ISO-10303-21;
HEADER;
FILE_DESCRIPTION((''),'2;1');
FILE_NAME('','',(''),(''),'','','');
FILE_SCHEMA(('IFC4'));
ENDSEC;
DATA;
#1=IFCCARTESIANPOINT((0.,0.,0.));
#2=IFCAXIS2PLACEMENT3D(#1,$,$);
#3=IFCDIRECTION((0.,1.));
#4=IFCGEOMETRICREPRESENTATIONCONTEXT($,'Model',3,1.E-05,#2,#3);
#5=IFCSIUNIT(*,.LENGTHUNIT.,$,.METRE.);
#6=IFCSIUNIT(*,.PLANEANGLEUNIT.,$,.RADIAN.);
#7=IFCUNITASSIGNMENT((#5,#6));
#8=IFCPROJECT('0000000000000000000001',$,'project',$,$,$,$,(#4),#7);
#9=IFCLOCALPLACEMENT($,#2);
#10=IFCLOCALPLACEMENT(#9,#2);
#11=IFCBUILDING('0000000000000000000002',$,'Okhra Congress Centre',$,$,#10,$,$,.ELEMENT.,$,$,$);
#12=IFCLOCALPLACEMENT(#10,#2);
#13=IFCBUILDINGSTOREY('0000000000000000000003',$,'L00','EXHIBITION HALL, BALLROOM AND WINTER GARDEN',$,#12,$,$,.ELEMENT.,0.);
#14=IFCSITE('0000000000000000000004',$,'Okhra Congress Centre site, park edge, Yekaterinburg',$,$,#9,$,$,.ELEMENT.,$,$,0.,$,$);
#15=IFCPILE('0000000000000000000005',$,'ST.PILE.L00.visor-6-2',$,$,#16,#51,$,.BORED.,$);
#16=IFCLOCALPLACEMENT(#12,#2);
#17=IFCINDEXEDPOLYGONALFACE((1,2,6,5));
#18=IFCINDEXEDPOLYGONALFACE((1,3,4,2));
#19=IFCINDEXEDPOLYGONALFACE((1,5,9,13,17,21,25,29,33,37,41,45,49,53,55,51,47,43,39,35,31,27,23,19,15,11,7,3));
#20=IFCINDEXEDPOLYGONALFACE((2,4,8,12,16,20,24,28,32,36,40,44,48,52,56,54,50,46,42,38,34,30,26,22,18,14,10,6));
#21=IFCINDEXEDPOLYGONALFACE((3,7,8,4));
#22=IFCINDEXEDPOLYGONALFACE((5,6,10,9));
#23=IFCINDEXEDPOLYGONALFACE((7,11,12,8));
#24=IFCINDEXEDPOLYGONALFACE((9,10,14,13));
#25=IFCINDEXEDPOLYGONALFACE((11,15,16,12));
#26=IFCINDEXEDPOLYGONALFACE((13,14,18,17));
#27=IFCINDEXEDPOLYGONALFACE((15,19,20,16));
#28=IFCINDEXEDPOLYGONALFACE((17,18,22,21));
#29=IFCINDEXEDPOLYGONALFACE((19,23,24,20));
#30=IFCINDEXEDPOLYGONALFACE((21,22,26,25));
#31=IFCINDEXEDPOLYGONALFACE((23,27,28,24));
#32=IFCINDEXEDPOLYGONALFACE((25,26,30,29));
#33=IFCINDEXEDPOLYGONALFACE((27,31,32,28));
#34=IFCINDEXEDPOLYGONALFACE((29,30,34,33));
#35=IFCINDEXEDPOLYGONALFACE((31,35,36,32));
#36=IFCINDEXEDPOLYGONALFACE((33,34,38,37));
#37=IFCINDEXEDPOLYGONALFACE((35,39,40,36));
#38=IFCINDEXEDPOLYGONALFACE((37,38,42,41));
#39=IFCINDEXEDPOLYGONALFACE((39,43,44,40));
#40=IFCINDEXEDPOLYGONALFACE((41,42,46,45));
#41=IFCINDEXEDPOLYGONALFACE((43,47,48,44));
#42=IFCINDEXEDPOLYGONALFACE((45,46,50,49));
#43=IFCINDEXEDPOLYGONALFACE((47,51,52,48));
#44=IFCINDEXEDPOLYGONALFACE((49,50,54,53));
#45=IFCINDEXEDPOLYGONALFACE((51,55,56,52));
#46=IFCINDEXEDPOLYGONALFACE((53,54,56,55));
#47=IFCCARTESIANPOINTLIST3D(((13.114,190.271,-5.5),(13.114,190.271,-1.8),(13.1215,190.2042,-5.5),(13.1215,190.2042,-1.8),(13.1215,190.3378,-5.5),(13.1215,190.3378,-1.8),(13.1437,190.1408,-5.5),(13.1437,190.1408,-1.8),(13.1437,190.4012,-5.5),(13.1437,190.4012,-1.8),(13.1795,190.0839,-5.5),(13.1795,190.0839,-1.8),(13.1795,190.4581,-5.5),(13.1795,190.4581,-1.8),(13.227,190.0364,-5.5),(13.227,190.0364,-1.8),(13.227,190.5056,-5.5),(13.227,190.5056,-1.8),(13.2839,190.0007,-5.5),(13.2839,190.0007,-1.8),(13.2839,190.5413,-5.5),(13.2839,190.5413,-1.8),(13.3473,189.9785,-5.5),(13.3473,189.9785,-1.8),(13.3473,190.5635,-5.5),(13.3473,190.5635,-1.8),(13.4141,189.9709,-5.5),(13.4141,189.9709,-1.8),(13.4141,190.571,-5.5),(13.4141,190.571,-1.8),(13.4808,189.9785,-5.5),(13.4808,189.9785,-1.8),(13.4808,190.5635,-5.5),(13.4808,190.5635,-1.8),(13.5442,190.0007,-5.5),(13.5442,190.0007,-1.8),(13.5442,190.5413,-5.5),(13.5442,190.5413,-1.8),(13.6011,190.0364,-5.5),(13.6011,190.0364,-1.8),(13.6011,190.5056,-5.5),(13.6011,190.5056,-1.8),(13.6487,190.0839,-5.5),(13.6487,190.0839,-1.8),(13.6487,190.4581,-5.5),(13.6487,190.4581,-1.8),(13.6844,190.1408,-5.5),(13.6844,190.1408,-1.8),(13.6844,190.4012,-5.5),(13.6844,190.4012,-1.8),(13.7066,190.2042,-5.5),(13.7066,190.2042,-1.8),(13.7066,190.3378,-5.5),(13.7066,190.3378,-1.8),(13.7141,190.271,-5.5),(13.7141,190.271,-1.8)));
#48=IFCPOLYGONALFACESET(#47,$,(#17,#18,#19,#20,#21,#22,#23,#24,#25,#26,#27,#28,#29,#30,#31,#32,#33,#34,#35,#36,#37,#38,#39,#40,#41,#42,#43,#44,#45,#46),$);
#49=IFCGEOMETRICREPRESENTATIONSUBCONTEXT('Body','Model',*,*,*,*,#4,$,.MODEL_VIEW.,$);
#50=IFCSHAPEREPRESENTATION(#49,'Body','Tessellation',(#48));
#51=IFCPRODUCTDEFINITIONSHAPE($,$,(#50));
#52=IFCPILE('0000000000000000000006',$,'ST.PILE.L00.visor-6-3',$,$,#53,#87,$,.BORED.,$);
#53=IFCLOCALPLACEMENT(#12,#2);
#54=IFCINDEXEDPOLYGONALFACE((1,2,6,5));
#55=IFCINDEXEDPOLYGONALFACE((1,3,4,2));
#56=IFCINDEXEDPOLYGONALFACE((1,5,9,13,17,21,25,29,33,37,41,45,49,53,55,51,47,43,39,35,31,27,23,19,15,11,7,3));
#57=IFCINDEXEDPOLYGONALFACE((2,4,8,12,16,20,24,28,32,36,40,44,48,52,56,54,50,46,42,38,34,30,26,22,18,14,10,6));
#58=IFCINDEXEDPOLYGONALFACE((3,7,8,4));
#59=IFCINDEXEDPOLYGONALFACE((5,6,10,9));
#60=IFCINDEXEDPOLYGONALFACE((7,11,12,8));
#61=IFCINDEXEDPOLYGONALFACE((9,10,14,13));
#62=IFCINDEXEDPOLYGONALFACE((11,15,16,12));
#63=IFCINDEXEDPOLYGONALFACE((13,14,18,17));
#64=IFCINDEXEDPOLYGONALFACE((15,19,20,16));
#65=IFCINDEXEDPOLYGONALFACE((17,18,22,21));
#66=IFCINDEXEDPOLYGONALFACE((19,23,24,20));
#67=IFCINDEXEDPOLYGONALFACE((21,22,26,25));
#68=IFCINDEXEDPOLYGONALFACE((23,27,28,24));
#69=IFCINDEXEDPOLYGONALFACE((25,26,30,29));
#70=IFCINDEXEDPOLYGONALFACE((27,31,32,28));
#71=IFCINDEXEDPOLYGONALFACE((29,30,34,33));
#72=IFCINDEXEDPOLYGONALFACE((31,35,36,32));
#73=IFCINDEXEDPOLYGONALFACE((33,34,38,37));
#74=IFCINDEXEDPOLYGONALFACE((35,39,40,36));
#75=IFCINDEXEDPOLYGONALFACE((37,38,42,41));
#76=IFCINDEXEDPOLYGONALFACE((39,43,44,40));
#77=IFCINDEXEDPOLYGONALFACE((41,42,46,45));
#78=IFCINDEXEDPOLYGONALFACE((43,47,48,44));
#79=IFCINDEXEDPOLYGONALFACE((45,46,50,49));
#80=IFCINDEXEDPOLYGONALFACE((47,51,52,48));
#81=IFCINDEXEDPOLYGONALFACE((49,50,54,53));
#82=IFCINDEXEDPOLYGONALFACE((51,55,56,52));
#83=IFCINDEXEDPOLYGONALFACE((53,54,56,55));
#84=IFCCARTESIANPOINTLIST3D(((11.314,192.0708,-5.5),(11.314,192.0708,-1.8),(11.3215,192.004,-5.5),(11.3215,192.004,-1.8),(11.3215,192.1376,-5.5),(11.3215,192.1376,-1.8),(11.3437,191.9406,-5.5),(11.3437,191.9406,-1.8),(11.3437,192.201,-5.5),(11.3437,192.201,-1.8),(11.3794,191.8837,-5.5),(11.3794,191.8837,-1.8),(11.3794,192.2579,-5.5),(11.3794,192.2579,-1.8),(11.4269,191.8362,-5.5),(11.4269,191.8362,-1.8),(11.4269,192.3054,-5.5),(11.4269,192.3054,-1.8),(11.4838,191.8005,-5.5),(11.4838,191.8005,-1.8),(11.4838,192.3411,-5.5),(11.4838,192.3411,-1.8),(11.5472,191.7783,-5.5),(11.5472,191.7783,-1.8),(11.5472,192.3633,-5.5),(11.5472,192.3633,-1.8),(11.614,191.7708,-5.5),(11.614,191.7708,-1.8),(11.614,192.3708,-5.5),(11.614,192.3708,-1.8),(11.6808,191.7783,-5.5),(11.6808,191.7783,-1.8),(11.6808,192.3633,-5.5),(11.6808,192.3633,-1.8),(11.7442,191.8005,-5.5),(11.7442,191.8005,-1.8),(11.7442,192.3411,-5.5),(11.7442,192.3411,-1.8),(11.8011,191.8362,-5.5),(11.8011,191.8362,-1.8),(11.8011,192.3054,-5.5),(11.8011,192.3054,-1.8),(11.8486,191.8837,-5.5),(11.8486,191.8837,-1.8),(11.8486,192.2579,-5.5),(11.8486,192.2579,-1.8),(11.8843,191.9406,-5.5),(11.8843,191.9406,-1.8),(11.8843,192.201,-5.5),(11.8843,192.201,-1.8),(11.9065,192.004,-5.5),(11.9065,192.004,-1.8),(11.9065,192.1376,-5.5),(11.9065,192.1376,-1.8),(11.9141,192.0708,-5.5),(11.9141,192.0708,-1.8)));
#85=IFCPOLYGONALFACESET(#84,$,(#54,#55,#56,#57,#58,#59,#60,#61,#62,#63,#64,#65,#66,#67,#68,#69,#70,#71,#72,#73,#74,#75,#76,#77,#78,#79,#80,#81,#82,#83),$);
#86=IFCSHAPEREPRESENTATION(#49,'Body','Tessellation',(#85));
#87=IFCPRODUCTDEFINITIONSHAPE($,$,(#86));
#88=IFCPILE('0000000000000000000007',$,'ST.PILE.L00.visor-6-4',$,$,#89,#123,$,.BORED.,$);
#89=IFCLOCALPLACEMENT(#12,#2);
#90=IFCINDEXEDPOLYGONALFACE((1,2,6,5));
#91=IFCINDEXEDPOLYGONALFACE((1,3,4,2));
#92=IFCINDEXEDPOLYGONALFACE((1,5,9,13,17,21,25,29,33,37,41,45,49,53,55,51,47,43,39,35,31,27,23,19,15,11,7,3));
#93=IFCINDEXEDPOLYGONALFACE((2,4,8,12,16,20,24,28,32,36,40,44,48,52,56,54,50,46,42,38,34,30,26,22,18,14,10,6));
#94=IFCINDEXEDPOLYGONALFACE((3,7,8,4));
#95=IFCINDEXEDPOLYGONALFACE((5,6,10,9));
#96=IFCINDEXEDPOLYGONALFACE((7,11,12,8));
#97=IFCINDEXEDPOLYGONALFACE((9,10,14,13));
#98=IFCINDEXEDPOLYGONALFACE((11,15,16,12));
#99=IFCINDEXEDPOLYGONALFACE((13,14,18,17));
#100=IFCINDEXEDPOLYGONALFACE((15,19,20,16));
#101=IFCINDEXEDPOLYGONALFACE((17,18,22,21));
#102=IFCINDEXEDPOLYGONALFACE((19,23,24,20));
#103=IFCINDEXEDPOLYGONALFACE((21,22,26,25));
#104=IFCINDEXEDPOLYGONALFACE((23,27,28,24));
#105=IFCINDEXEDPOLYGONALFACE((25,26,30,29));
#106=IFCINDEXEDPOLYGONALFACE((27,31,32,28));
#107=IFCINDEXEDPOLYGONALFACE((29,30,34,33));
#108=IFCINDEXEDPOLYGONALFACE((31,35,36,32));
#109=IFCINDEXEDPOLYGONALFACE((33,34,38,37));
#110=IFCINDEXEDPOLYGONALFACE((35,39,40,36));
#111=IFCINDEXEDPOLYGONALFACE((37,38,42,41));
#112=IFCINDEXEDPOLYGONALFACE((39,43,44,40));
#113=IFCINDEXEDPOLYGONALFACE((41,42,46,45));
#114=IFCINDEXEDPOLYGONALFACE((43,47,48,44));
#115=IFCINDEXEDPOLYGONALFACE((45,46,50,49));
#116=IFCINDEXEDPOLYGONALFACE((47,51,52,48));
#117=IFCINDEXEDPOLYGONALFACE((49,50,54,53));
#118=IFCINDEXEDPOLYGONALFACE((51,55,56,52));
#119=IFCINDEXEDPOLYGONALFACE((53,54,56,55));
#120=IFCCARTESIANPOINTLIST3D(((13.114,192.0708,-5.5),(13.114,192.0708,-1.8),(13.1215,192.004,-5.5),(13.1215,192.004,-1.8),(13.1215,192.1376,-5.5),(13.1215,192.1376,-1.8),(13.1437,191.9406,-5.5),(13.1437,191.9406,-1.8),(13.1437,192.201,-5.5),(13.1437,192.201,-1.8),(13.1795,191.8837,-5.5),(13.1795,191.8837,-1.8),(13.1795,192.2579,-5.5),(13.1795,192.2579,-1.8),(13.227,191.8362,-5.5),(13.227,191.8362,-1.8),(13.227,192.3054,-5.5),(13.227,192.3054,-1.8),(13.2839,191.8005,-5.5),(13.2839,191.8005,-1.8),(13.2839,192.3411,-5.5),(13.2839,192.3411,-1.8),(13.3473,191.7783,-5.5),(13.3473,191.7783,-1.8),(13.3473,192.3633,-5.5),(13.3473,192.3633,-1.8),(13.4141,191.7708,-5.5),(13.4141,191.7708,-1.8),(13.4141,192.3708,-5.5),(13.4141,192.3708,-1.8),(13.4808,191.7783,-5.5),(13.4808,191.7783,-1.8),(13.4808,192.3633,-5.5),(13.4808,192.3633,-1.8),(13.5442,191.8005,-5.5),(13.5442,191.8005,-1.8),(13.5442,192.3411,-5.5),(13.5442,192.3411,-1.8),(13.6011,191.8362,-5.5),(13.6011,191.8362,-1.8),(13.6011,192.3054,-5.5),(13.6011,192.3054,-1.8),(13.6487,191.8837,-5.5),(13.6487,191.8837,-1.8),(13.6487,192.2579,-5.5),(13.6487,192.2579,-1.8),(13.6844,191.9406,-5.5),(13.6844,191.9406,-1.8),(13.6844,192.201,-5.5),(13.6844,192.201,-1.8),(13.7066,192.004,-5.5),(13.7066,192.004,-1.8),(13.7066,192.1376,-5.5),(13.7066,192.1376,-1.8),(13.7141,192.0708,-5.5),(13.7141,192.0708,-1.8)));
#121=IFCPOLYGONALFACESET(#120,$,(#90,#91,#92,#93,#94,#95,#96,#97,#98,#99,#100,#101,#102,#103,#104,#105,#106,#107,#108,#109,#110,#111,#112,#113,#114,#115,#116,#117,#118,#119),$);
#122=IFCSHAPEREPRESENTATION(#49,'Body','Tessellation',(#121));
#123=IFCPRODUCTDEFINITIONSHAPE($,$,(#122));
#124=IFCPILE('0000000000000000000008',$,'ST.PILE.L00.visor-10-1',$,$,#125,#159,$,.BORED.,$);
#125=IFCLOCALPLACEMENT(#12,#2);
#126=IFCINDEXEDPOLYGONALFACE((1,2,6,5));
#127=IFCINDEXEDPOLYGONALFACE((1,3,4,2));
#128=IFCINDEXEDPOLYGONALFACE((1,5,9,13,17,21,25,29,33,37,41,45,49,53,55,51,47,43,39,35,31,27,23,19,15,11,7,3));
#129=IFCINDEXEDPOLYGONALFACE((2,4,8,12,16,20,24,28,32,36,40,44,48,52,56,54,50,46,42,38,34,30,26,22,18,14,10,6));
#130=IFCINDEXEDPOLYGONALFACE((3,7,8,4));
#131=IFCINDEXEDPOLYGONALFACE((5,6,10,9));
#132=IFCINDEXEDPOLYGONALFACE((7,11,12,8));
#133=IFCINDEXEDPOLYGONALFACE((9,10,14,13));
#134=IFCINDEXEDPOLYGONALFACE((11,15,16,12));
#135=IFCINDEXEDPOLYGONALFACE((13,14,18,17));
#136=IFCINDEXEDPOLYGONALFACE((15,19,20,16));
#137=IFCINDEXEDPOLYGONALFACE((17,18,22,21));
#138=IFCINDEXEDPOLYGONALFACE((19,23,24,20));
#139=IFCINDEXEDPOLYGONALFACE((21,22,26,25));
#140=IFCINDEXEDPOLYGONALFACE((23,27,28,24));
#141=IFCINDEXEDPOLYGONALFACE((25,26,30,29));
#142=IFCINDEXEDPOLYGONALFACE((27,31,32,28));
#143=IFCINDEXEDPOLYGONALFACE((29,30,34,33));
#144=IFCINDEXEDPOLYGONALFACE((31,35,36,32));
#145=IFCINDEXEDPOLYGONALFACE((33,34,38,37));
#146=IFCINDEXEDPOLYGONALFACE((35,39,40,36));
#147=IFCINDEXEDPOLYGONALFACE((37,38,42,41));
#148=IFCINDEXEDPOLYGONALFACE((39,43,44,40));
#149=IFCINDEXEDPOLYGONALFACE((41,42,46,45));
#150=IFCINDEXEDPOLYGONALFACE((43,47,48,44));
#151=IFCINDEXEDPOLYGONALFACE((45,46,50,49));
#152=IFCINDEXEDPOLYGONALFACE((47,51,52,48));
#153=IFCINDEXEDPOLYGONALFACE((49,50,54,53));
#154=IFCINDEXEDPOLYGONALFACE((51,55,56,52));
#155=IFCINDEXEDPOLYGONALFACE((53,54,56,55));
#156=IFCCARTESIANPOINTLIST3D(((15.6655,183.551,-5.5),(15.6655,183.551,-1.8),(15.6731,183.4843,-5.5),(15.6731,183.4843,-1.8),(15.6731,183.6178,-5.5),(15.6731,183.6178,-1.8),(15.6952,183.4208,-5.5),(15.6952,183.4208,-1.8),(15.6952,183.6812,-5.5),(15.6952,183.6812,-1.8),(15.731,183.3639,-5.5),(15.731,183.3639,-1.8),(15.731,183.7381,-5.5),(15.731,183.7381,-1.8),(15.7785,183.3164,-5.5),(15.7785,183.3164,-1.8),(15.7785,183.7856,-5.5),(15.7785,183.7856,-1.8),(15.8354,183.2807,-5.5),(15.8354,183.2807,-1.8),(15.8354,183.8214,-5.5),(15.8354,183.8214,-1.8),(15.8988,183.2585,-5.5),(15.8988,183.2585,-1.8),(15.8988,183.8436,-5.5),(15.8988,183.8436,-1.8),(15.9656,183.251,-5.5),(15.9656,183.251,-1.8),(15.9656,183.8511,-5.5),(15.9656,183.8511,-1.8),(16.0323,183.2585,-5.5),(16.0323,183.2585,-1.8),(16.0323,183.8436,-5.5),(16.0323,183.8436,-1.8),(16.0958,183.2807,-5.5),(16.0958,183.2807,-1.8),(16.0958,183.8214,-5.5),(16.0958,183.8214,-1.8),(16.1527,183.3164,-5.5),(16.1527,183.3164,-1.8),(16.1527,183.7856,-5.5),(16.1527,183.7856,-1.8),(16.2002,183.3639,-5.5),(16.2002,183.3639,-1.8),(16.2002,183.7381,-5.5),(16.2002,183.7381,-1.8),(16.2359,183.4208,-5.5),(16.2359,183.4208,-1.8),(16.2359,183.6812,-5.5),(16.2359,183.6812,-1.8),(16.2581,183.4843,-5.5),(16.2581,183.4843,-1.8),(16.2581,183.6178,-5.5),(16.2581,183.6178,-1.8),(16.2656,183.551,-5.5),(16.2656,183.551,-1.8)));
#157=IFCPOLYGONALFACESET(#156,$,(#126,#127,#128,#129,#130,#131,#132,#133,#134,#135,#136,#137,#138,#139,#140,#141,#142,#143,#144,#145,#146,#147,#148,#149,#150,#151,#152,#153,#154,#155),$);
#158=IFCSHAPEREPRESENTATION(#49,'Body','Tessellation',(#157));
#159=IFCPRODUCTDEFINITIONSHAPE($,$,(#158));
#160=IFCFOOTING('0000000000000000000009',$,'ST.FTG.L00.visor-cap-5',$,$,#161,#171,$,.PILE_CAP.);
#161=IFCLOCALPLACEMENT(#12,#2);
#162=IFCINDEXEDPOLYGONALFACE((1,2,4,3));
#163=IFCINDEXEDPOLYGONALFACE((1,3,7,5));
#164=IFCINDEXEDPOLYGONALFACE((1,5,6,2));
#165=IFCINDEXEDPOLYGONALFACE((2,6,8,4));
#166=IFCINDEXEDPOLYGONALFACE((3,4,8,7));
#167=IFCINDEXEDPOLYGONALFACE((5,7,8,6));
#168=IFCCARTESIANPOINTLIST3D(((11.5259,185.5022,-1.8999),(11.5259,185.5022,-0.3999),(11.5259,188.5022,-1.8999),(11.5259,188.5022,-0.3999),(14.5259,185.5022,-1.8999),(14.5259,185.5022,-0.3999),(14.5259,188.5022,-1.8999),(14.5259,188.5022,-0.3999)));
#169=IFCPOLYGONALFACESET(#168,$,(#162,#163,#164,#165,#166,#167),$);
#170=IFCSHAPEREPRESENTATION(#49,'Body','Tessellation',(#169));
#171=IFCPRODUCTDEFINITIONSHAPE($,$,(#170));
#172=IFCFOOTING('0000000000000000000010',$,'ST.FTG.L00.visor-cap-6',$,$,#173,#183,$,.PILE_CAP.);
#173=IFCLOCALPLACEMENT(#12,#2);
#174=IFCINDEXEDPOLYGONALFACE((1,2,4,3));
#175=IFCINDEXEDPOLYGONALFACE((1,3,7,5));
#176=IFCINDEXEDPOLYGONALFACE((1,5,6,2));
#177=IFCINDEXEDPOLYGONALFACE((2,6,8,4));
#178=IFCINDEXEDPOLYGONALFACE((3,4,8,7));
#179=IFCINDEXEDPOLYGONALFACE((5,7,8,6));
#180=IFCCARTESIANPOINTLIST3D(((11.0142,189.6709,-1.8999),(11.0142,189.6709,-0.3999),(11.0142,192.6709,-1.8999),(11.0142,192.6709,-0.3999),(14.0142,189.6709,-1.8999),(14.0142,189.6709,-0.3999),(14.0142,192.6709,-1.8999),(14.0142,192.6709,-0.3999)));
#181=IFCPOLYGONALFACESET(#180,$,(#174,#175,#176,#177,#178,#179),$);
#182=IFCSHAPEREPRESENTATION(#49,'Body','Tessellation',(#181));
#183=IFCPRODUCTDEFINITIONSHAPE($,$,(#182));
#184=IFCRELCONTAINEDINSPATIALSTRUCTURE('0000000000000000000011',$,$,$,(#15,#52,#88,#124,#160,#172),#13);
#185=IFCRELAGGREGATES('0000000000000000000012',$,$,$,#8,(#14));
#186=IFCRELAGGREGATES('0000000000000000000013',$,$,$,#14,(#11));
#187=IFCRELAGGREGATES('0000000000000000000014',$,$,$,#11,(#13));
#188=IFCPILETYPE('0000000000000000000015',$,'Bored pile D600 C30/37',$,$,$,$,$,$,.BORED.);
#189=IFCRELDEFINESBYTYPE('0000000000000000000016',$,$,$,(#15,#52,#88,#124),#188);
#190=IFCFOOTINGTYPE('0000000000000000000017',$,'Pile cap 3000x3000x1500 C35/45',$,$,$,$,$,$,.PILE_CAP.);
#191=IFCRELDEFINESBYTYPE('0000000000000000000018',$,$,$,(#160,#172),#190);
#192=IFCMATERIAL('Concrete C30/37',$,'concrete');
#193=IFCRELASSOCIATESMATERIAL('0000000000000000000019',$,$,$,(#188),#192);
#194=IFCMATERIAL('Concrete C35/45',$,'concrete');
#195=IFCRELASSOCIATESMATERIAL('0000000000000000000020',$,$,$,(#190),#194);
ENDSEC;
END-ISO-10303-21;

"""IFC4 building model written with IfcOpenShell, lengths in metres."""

from ifc_helpers import new_model, si_unit, direction, frame, origin, origin_2d, place, context, subcontext, project, spatial, rectangle, circle, extrude, material, material_profile, profile_set, type_object, element, save


model = new_model("IFC4")

# Units and contexts
model_context = context("Model", 3, precision=1e-05, world=origin(), true_north=direction((0.0, 1.0)))
body_context = subcontext(model_context, "Body", "Model", "MODEL_VIEW")
ifc_project = project(units=[si_unit("LENGTHUNIT", "METRE"), si_unit("PLANEANGLEUNIT", "RADIAN")], contexts=[model_context])

# Site, building, storey
site_placement = place(None, origin())
site = spatial("IfcSite", under=ifc_project, at=site_placement, Name="Okhra Congress Centre site, park edge, Yekaterinburg", CompositionType="ELEMENT", RefElevation=0.0)
building_placement = place(site_placement, origin())
building = spatial("IfcBuilding", under=site, at=building_placement, Name="Okhra Congress Centre", CompositionType="ELEMENT")
storey_placement = place(building_placement, origin())
storey = spatial("IfcBuildingStorey", under=building, at=storey_placement, Name="L00", Description="EXHIBITION HALL, BALLROOM AND WINTER GARDEN", CompositionType="ELEMENT", Elevation=0.0)

# Piles
ifc_material_1 = material(Name="Concrete C30/37", Category="concrete")
ifc_material_profile_1 = material_profile(ifc_material_1, circle(Radius=0.3, at=origin_2d()), Name="D600")
ifc_profile_set_1 = profile_set([ifc_material_profile_1], Name="Concrete C30/37")
pile_type = type_object("IfcPileType", Name="Bored pile D600 C30/37", PredefinedType="BORED", material=ifc_profile_set_1)
for number, where, z_axis, x_axis, name in (
    (1, (13.4141, 190.271, -1.8), (0.0, 0.0, -1.0), (1.0, 0.0, 0.0), "ST.PILE.L00.visor-6-2"),
    (2, (11.614, 192.0708, -1.8), (0.0, 0.0, -1.0), (1.0, 0.0, 0.0), "ST.PILE.L00.visor-6-3"),
    (3, (13.4141, 192.0708, -1.8), (0.0, 0.0, -1.0), (1.0, 0.0, 0.0), "ST.PILE.L00.visor-6-4"),
    (4, (15.9656, 183.551, -1.8), (0.0, 0.0, -1.0), (1.0, 0.0, 0.0), "ST.PILE.L00.visor-10-1"),
):
    element("IfcPile", number, at=place(storey_placement, frame(where, z_axis=z_axis, x_axis=x_axis)), inside=storey, type_object=pile_type, Name=name, PredefinedType="BORED", context=body_context, shape_type="SweptSolid", body=[
        extrude(circle(Radius=0.3, at=origin_2d()), origin(), (0.0, 0.0, 1.0), 3.7),
    ])

# Footings
ifc_material_2 = material(Name="Concrete C35/45", Category="concrete")
footing_type = type_object("IfcFootingType", Name="Pile cap 3000x3000x1500 C35/45", PredefinedType="PILE_CAP", material=ifc_material_2)
for number, where, z_axis, x_axis, name in (
    (5, (13.0259, 187.0022, -1.8999), (0.0, 0.0, 1.0), (1.0, 0.0, 0.0), "ST.FTG.L00.visor-cap-5"),
    (6, (12.5142, 191.1709, -1.8999), (0.0, 0.0, 1.0), (1.0, 0.0, 0.0), "ST.FTG.L00.visor-cap-6"),
):
    element("IfcFooting", number, at=place(storey_placement, frame(where, z_axis=z_axis, x_axis=x_axis)), inside=storey, type_object=footing_type, Name=name, PredefinedType="PILE_CAP", context=body_context, shape_type="SweptSolid", body=[
        extrude(rectangle(XDim=3.0, YDim=3.0, at=origin_2d()), origin(), (0.0, 0.0, 1.0), 1.5),
    ])

save(model, "model.ifc")
